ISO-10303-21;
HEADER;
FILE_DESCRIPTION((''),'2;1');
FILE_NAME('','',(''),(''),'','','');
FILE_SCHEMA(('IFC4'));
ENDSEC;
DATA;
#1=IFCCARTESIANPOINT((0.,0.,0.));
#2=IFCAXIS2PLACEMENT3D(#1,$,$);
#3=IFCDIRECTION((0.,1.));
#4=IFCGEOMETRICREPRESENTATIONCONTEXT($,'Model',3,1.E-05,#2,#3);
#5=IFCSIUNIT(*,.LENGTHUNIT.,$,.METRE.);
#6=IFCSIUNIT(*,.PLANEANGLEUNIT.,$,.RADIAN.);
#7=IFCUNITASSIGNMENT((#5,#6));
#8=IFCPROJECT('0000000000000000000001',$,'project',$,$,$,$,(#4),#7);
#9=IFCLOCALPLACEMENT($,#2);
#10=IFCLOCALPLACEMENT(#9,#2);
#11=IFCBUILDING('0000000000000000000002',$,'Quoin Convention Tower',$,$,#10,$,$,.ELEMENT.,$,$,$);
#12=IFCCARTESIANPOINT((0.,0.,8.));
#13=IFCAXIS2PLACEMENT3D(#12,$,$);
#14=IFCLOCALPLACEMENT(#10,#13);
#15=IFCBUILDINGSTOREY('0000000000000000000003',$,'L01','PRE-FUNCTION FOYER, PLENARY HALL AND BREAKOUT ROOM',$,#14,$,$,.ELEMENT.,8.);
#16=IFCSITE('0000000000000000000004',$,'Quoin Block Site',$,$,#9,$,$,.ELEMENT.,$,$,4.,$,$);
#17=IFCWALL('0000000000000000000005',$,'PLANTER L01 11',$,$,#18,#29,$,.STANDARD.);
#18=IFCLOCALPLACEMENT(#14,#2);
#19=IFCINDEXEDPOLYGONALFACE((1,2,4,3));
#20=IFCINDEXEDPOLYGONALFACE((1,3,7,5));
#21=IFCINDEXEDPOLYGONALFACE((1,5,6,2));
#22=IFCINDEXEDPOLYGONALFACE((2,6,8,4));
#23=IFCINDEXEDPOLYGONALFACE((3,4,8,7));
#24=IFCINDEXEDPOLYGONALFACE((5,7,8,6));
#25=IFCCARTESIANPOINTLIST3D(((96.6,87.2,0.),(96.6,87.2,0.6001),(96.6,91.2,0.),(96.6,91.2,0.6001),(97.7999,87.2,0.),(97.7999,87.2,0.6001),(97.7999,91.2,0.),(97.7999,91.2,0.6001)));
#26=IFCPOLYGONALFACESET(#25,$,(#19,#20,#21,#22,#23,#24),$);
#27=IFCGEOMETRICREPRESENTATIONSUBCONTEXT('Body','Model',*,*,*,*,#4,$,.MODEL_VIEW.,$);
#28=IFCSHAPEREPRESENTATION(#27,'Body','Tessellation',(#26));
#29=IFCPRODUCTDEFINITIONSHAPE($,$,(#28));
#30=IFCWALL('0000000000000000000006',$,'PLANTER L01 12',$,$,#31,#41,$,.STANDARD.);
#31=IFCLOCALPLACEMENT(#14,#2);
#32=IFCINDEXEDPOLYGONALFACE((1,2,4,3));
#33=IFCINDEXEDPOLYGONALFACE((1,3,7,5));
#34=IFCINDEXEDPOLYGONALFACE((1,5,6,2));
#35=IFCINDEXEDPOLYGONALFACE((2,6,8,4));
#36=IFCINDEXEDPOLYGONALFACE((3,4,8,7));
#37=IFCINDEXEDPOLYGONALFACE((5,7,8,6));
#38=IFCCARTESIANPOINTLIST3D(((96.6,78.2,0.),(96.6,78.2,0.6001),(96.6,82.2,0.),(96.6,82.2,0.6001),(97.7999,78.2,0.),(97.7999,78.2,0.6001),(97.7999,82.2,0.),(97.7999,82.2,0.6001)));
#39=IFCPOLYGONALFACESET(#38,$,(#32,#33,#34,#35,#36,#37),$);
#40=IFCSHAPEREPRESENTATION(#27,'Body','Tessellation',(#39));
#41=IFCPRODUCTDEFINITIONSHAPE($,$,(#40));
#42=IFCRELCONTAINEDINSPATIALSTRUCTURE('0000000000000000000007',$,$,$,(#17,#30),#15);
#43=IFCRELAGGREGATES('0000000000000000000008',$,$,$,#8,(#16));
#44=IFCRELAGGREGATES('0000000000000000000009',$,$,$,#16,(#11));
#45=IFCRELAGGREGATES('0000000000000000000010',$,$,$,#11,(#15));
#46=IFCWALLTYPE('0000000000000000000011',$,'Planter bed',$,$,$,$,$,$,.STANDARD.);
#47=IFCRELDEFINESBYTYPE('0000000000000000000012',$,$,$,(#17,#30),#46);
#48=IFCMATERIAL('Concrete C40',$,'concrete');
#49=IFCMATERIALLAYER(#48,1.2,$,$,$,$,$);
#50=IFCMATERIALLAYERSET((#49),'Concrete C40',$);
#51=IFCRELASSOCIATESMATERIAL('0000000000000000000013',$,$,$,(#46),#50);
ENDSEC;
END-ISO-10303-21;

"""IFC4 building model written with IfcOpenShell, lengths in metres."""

from ifc_helpers import new_model, si_unit, direction, frame, frame_2d, origin, place, context, subcontext, project, spatial, rectangle, extrude, material, layer, layer_set, type_object, element, save


model = new_model("IFC4")

# Units and contexts
model_context = context("Model", 3, precision=1e-05, world=origin(), true_north=direction((0.0, 1.0)))
body_context = subcontext(model_context, "Body", "Model", "MODEL_VIEW")
ifc_project = project(units=[si_unit("LENGTHUNIT", "METRE"), si_unit("PLANEANGLEUNIT", "RADIAN")], contexts=[model_context])

# Site, building, storey
site_placement = place(None, origin())
site = spatial("IfcSite", under=ifc_project, at=site_placement, Name="Quoin Block Site", CompositionType="ELEMENT", RefElevation=4.0)
building_placement = place(site_placement, origin())
building = spatial("IfcBuilding", under=site, at=building_placement, Name="Quoin Convention Tower", CompositionType="ELEMENT")
storey_placement = place(building_placement, frame((0.0, 0.0, 8.0)))
storey = spatial("IfcBuildingStorey", under=building, at=storey_placement, Name="L01", Description="PRE-FUNCTION FOYER, PLENARY HALL AND BREAKOUT ROOM", CompositionType="ELEMENT", Elevation=8.0)

# Walls
ifc_material_1 = material(Name="Concrete C40", Category="concrete")
ifc_layer = layer(ifc_material_1, 1.2)
ifc_layer_set = layer_set([ifc_layer], Name="Concrete C40")
wall_type = type_object("IfcWallType", Name="Planter bed", PredefinedType="STANDARD", material=ifc_layer_set)
for number, where, z_axis, x_axis, name in (
    (1, (97.2, 91.2, 0.0), (0.0, 0.0, 1.0), (0.0, -1.0, 0.0), "PLANTER L01 11"),
    (2, (97.2, 82.2, 0.0), (0.0, 0.0, 1.0), (0.0, -1.0, 0.0), "PLANTER L01 12"),
):
    element("IfcWall", number, at=place(storey_placement, frame(where, z_axis=z_axis, x_axis=x_axis)), inside=storey, type_object=wall_type, Name=name, PredefinedType="STANDARD", context=body_context, shape_type="SweptSolid", body=[
        extrude(rectangle(XDim=4.0, YDim=1.2, at=frame_2d((2.0, 0.0))), origin(), (0.0, 0.0, 1.0), 0.6001),
    ])

save(model, "model.ifc")
